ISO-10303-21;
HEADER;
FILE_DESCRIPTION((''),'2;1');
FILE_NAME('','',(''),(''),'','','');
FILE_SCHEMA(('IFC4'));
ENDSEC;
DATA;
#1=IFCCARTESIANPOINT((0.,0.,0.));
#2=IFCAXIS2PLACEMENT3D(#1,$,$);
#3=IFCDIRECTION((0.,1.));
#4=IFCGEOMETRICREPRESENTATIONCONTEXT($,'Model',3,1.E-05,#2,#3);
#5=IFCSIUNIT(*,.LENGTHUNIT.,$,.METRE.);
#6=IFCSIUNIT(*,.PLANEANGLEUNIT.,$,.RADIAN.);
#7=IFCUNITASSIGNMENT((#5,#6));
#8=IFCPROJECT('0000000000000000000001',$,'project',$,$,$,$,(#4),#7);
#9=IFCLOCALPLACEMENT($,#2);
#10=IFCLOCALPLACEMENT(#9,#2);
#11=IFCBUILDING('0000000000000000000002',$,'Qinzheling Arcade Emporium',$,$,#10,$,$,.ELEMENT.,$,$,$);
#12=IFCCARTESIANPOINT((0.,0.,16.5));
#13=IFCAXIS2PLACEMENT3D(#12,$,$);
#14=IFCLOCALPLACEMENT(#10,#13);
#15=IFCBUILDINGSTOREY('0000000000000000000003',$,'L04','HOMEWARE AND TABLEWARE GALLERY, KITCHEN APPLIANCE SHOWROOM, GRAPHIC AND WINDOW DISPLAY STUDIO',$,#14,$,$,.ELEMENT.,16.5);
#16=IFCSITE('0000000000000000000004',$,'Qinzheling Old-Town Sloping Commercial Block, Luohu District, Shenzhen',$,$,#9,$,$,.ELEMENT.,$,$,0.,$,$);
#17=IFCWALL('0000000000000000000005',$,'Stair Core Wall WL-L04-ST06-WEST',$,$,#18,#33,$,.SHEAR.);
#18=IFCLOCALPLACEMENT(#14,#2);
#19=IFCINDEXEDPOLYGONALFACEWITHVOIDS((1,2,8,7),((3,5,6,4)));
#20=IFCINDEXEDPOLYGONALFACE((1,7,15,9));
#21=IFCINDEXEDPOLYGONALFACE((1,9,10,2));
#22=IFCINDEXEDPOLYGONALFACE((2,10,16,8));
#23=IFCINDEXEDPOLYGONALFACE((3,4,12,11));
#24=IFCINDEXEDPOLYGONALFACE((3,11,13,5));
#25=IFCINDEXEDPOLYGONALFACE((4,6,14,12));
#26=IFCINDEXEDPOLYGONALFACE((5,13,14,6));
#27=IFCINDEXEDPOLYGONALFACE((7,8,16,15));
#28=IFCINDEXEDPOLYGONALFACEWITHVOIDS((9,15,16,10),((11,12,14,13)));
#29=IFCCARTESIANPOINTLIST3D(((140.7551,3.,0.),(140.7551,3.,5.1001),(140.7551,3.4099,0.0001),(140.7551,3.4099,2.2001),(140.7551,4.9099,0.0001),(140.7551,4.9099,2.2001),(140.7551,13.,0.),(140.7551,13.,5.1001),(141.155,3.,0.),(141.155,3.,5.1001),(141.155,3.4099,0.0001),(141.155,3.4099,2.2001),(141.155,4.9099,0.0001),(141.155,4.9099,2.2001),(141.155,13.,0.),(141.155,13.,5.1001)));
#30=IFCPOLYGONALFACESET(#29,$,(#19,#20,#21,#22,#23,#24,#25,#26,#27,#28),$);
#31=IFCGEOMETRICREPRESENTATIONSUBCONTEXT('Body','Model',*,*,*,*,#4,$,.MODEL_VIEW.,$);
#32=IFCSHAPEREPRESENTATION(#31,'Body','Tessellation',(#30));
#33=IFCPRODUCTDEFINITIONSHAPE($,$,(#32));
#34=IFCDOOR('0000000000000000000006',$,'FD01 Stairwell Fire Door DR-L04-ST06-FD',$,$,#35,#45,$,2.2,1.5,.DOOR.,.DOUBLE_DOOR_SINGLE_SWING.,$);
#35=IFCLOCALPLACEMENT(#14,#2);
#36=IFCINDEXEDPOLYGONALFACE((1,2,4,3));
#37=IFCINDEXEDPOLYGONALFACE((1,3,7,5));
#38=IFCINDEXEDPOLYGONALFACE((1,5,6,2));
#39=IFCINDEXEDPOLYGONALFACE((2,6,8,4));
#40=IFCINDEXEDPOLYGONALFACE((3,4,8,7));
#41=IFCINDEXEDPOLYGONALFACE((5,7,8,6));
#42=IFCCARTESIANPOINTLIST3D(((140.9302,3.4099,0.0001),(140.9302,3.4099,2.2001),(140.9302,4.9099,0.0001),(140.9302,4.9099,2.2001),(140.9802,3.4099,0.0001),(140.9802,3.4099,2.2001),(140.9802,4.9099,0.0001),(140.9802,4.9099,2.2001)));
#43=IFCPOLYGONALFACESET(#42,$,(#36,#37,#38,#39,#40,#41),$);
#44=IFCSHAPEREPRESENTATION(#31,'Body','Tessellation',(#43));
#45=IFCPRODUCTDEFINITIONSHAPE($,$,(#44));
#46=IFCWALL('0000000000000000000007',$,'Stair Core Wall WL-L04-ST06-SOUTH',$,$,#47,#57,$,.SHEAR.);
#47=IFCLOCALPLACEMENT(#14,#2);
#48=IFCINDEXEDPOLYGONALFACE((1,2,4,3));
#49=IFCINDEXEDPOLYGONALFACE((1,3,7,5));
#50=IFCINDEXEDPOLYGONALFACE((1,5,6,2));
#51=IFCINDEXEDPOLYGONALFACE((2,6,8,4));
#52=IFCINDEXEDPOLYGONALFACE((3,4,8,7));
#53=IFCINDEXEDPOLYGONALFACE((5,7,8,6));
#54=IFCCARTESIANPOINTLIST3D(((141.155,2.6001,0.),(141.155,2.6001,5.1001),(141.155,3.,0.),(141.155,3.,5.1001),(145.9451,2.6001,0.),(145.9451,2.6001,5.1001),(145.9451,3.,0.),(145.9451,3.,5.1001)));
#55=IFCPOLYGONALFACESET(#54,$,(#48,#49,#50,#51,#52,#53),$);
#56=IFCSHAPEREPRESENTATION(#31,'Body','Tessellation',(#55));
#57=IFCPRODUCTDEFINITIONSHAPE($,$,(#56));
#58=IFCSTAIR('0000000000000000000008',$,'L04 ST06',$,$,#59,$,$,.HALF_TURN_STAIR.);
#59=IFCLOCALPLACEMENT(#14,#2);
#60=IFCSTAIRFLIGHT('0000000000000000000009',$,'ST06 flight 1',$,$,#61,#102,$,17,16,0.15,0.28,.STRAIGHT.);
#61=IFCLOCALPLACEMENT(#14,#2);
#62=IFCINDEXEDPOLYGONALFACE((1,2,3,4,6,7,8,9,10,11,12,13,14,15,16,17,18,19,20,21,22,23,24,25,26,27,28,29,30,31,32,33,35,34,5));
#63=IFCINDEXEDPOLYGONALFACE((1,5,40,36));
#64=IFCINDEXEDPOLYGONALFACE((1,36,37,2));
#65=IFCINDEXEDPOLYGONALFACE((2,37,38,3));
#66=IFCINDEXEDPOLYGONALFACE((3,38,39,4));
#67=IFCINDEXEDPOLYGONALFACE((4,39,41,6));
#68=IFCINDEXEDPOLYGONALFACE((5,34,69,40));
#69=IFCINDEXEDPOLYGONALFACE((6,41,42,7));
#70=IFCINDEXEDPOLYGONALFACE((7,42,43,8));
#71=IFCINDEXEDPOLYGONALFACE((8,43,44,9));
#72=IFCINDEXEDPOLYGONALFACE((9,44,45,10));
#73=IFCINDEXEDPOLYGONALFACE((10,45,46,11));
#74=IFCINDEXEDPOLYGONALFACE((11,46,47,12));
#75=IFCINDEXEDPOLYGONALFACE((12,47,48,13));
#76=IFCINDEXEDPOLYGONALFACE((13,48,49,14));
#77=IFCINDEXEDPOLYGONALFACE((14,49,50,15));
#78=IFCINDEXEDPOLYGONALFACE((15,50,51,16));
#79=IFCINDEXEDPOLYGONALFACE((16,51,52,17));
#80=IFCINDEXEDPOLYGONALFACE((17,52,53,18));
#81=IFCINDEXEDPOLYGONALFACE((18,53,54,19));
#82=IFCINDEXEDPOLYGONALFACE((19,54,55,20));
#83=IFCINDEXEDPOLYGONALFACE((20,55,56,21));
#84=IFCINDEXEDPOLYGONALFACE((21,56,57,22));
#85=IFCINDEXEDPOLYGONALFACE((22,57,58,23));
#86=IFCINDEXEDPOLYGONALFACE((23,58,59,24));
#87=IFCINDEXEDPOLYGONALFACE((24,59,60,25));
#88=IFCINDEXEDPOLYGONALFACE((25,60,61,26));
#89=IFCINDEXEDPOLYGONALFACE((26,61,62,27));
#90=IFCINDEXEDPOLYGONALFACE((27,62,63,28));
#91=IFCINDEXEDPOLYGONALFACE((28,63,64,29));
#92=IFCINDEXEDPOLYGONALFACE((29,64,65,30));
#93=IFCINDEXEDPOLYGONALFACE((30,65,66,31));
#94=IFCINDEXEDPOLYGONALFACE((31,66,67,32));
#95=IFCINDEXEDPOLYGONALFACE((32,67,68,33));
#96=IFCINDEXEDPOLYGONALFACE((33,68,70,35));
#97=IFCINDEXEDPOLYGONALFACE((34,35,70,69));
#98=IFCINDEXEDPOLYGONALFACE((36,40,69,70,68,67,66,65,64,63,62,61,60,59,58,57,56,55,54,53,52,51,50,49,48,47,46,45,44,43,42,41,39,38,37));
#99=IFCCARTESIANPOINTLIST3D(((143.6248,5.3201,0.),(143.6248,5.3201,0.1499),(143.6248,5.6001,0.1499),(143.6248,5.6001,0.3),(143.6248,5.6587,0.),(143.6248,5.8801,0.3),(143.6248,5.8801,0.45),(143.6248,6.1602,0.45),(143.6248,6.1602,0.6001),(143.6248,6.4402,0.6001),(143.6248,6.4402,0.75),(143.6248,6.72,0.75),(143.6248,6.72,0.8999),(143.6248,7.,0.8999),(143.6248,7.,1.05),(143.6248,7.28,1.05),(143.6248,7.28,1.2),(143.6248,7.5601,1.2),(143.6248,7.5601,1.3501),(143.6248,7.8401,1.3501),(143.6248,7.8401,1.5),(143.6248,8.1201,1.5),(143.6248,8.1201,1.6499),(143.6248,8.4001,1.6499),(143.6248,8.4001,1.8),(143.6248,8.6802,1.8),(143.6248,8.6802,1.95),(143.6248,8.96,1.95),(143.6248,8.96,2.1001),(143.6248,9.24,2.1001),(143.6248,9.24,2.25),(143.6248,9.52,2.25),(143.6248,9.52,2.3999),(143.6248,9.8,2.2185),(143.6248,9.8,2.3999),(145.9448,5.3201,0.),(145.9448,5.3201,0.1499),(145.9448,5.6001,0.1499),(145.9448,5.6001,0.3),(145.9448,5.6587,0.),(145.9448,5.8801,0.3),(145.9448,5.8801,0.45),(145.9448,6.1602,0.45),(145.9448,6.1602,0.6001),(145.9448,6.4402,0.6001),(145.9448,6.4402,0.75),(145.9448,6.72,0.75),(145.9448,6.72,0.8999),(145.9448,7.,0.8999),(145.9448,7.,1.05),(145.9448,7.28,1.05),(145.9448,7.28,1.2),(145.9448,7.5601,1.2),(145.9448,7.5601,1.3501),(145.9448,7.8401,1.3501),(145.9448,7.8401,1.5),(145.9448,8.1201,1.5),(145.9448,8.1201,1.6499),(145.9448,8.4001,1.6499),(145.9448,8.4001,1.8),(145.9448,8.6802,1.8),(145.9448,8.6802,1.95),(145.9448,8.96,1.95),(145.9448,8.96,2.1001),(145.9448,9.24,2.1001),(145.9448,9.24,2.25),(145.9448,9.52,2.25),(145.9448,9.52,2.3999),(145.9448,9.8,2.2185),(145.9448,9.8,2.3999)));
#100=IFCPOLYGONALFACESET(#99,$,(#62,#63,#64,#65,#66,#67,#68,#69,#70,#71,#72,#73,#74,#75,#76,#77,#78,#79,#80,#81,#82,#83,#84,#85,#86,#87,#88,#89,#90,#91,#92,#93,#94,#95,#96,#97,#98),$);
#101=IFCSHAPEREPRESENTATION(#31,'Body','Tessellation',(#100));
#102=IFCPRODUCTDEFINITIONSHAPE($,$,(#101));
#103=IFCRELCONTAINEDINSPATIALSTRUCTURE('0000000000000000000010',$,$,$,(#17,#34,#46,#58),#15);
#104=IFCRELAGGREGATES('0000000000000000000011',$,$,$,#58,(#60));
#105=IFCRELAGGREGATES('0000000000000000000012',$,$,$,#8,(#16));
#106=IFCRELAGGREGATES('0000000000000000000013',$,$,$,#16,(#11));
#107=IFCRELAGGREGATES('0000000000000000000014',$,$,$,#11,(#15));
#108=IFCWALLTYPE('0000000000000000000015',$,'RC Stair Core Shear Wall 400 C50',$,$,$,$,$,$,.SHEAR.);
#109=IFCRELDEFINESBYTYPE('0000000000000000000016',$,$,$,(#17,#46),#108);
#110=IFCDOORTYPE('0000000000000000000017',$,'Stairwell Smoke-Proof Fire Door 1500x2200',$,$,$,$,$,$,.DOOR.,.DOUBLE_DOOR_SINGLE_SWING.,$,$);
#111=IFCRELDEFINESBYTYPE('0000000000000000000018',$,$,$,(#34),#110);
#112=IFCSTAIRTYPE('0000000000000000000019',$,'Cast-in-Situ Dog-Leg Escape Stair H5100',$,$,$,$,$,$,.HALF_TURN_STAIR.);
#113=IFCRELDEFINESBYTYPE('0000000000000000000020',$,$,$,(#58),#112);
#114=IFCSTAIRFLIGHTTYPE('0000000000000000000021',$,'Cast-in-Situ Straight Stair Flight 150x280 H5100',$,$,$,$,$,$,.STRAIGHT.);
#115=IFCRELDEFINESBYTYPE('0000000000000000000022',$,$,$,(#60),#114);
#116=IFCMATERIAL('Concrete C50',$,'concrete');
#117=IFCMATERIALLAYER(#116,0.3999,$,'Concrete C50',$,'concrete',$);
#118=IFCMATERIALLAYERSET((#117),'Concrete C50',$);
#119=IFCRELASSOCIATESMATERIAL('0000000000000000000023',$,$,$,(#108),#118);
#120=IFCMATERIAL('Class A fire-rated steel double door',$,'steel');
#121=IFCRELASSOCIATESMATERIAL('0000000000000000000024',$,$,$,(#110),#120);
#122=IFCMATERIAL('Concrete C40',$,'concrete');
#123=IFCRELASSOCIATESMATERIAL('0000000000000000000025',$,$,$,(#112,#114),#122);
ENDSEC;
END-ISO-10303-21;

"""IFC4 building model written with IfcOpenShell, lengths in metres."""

from ifc_helpers import new_model, si_unit, direction, frame, frame_2d, origin, place, context, subcontext, project, spatial, polyline, rectangle, outline, extrude, material, layer, layer_set, type_object, element, fill, aggregate, save


model = new_model("IFC4")

# Units and contexts
model_context = context("Model", 3, precision=1e-05, world=origin(), true_north=direction((0.0, 1.0)))
body_context = subcontext(model_context, "Body", "Model", "MODEL_VIEW")
ifc_project = project(units=[si_unit("LENGTHUNIT", "METRE"), si_unit("PLANEANGLEUNIT", "RADIAN")], contexts=[model_context])

# Site, building, storey
site_placement = place(None, origin())
site = spatial("IfcSite", under=ifc_project, at=site_placement, Name="Qinzheling Old-Town Sloping Commercial Block, Luohu District, Shenzhen", CompositionType="ELEMENT", RefElevation=0.0)
building_placement = place(site_placement, origin())
building = spatial("IfcBuilding", under=site, at=building_placement, Name="Qinzheling Arcade Emporium", CompositionType="ELEMENT")
storey_placement = place(building_placement, frame((0.0, 0.0, 16.5)))
storey = spatial("IfcBuildingStorey", under=building, at=storey_placement, Name="L04", Description="HOMEWARE AND TABLEWARE GALLERY, KITCHEN APPLIANCE SHOWROOM, GRAPHIC AND WINDOW DISPLAY STUDIO", CompositionType="ELEMENT", Elevation=16.5)

# Wall, opening, door
ifc_material_1 = material(Name="Concrete C50", Category="concrete")
ifc_layer_1 = layer(ifc_material_1, 0.3999, Name="Concrete C50", Category="concrete")
ifc_layer_set_1 = layer_set([ifc_layer_1], Name="Concrete C50")
wall_type_1 = type_object("IfcWallType", Name="RC Stair Core Shear Wall 400 C50", PredefinedType="SHEAR", material=ifc_layer_set_1)
wall_1_placement = place(storey_placement, frame((140.9551, 3.0, 0.0), z_axis=(0.0, 0.0, 1.0), x_axis=(0.0, 1.0, 0.0)))
wall_1 = element("IfcWall", 1, at=wall_1_placement, inside=storey, type_object=wall_type_1, Name="Stair Core Wall WL-L04-ST06-WEST", PredefinedType="SHEAR", context=body_context, shape_type="SweptSolid", body=[
    extrude(rectangle(XDim=10.0, YDim=0.3999, at=frame_2d((5.0, 0.0))), origin(), (0.0, 0.0, 1.0), 5.1001),
])
opening_placement = place(wall_1_placement, frame((0.4099, 0.0, 0.0)))
opening = element("IfcOpeningElement", 2, at=opening_placement, cuts=wall_1, PredefinedType="OPENING", context=body_context, shape_type="SweptSolid", body=[
    extrude(rectangle(XDim=1.5, YDim=2.2, at=frame_2d((0.75, 1.1001))), frame((0.0, 0.21, 0.0), z_axis=(0.0, -1.0, 0.0), x_axis=(1.0, 0.0, 0.0)), (0.0, 0.0, 1.0), 0.4199),
])
ifc_material_2 = material(Name="Class A fire-rated steel double door", Category="steel")
door_type = type_object("IfcDoorType", Name="Stairwell Smoke-Proof Fire Door 1500x2200", OperationType="DOUBLE_DOOR_SINGLE_SWING", PredefinedType="DOOR", material=ifc_material_2)
door_placement = place(opening_placement, origin())
door = element("IfcDoor", 3, at=door_placement, inside=storey, type_object=door_type, Name="FD01 Stairwell Fire Door DR-L04-ST06-FD", OperationType="DOUBLE_DOOR_SINGLE_SWING", OverallHeight=2.2, OverallWidth=1.5, PredefinedType="DOOR", context=body_context, shape_type="SweptSolid", body=[
    extrude(rectangle(XDim=1.5, YDim=2.2, at=frame_2d((0.75, 1.1001))), frame((0.0, 0.0249, 0.0), z_axis=(0.0, -1.0, 0.0), x_axis=(1.0, 0.0, 0.0)), (0.0, 0.0, 1.0), 0.05),
])
fill(opening, door)

# Wall
wall_2_placement = place(storey_placement, frame((145.9451, 2.8, 0.0), z_axis=(0.0, 0.0, 1.0), x_axis=(-1.0, 0.0, 0.0)))
element("IfcWall", 4, at=wall_2_placement, inside=storey, type_object=wall_type_1, Name="Stair Core Wall WL-L04-ST06-SOUTH", PredefinedType="SHEAR", context=body_context, shape_type="SweptSolid", body=[
    extrude(rectangle(XDim=4.79, YDim=0.3999, at=frame_2d((2.395, 0.0))), origin(), (0.0, 0.0, 1.0), 5.1001),
])

# Stair, stair flight
ifc_material_3 = material(Name="Concrete C40", Category="concrete")
stair_type = type_object("IfcStairType", Name="Cast-in-Situ Dog-Leg Escape Stair H5100", PredefinedType="HALF_TURN_STAIR", material=ifc_material_3)
stair_placement = place(storey_placement, origin())
stair = element("IfcStair", 5, at=stair_placement, inside=storey, type_object=stair_type, Name="L04 ST06", PredefinedType="HALF_TURN_STAIR")
stair_flight_type = type_object("IfcStairFlightType", Name="Cast-in-Situ Straight Stair Flight 150x280 H5100", PredefinedType="STRAIGHT", material=ifc_material_3)
stair_flight_placement = place(storey_placement, frame((144.7849, 5.3201, 0.0), z_axis=(0.0, 0.0, 1.0), x_axis=(0.0, 1.0, 0.0)))
stair_flight = element("IfcStairFlight", 6, at=stair_flight_placement, type_object=stair_flight_type, Name="ST06 flight 1", NumberOfRisers=17, NumberOfTreads=16, PredefinedType="STRAIGHT", RiserHeight=0.15, TreadLength=0.28, context=body_context, shape_type="SweptSolid", body=[
    extrude(outline(polyline([(0.0, 0.0), (0.0, 0.1499), (0.28, 0.1499), (0.28, 0.3), (0.5601, 0.3), (0.5601, 0.45), (0.8401, 0.45), (0.8401, 0.6001), (1.1201, 0.6001), (1.1201, 0.75), (1.3999, 0.75), (1.3999, 0.8999), (1.6799, 0.8999), (1.6799, 1.05), (1.96, 1.05), (1.96, 1.2), (2.24, 1.2), (2.24, 1.3501), (2.52, 1.3501), (2.52, 1.5), (2.8, 1.5), (2.8, 1.6499), (3.0801, 1.6499), (3.0801, 1.8), (3.3601, 1.8), (3.3601, 1.95), (3.6399, 1.95), (3.6399, 2.1001), (3.9199, 2.1001), (3.9199, 2.25), (4.2, 2.25), (4.2, 2.3999), (4.48, 2.3999), (4.48, 2.55), (4.48, 2.2185), (0.3386, 0.0), (0.0, 0.0)])), frame((0.0, 1.1602, 0.0), z_axis=(0.0, -1.0, 0.0), x_axis=(1.0, 0.0, 0.0)), (0.0, 0.0, 1.0), 2.3201),
])
aggregate(stair, [stair_flight])

save(model, "model.ifc")
